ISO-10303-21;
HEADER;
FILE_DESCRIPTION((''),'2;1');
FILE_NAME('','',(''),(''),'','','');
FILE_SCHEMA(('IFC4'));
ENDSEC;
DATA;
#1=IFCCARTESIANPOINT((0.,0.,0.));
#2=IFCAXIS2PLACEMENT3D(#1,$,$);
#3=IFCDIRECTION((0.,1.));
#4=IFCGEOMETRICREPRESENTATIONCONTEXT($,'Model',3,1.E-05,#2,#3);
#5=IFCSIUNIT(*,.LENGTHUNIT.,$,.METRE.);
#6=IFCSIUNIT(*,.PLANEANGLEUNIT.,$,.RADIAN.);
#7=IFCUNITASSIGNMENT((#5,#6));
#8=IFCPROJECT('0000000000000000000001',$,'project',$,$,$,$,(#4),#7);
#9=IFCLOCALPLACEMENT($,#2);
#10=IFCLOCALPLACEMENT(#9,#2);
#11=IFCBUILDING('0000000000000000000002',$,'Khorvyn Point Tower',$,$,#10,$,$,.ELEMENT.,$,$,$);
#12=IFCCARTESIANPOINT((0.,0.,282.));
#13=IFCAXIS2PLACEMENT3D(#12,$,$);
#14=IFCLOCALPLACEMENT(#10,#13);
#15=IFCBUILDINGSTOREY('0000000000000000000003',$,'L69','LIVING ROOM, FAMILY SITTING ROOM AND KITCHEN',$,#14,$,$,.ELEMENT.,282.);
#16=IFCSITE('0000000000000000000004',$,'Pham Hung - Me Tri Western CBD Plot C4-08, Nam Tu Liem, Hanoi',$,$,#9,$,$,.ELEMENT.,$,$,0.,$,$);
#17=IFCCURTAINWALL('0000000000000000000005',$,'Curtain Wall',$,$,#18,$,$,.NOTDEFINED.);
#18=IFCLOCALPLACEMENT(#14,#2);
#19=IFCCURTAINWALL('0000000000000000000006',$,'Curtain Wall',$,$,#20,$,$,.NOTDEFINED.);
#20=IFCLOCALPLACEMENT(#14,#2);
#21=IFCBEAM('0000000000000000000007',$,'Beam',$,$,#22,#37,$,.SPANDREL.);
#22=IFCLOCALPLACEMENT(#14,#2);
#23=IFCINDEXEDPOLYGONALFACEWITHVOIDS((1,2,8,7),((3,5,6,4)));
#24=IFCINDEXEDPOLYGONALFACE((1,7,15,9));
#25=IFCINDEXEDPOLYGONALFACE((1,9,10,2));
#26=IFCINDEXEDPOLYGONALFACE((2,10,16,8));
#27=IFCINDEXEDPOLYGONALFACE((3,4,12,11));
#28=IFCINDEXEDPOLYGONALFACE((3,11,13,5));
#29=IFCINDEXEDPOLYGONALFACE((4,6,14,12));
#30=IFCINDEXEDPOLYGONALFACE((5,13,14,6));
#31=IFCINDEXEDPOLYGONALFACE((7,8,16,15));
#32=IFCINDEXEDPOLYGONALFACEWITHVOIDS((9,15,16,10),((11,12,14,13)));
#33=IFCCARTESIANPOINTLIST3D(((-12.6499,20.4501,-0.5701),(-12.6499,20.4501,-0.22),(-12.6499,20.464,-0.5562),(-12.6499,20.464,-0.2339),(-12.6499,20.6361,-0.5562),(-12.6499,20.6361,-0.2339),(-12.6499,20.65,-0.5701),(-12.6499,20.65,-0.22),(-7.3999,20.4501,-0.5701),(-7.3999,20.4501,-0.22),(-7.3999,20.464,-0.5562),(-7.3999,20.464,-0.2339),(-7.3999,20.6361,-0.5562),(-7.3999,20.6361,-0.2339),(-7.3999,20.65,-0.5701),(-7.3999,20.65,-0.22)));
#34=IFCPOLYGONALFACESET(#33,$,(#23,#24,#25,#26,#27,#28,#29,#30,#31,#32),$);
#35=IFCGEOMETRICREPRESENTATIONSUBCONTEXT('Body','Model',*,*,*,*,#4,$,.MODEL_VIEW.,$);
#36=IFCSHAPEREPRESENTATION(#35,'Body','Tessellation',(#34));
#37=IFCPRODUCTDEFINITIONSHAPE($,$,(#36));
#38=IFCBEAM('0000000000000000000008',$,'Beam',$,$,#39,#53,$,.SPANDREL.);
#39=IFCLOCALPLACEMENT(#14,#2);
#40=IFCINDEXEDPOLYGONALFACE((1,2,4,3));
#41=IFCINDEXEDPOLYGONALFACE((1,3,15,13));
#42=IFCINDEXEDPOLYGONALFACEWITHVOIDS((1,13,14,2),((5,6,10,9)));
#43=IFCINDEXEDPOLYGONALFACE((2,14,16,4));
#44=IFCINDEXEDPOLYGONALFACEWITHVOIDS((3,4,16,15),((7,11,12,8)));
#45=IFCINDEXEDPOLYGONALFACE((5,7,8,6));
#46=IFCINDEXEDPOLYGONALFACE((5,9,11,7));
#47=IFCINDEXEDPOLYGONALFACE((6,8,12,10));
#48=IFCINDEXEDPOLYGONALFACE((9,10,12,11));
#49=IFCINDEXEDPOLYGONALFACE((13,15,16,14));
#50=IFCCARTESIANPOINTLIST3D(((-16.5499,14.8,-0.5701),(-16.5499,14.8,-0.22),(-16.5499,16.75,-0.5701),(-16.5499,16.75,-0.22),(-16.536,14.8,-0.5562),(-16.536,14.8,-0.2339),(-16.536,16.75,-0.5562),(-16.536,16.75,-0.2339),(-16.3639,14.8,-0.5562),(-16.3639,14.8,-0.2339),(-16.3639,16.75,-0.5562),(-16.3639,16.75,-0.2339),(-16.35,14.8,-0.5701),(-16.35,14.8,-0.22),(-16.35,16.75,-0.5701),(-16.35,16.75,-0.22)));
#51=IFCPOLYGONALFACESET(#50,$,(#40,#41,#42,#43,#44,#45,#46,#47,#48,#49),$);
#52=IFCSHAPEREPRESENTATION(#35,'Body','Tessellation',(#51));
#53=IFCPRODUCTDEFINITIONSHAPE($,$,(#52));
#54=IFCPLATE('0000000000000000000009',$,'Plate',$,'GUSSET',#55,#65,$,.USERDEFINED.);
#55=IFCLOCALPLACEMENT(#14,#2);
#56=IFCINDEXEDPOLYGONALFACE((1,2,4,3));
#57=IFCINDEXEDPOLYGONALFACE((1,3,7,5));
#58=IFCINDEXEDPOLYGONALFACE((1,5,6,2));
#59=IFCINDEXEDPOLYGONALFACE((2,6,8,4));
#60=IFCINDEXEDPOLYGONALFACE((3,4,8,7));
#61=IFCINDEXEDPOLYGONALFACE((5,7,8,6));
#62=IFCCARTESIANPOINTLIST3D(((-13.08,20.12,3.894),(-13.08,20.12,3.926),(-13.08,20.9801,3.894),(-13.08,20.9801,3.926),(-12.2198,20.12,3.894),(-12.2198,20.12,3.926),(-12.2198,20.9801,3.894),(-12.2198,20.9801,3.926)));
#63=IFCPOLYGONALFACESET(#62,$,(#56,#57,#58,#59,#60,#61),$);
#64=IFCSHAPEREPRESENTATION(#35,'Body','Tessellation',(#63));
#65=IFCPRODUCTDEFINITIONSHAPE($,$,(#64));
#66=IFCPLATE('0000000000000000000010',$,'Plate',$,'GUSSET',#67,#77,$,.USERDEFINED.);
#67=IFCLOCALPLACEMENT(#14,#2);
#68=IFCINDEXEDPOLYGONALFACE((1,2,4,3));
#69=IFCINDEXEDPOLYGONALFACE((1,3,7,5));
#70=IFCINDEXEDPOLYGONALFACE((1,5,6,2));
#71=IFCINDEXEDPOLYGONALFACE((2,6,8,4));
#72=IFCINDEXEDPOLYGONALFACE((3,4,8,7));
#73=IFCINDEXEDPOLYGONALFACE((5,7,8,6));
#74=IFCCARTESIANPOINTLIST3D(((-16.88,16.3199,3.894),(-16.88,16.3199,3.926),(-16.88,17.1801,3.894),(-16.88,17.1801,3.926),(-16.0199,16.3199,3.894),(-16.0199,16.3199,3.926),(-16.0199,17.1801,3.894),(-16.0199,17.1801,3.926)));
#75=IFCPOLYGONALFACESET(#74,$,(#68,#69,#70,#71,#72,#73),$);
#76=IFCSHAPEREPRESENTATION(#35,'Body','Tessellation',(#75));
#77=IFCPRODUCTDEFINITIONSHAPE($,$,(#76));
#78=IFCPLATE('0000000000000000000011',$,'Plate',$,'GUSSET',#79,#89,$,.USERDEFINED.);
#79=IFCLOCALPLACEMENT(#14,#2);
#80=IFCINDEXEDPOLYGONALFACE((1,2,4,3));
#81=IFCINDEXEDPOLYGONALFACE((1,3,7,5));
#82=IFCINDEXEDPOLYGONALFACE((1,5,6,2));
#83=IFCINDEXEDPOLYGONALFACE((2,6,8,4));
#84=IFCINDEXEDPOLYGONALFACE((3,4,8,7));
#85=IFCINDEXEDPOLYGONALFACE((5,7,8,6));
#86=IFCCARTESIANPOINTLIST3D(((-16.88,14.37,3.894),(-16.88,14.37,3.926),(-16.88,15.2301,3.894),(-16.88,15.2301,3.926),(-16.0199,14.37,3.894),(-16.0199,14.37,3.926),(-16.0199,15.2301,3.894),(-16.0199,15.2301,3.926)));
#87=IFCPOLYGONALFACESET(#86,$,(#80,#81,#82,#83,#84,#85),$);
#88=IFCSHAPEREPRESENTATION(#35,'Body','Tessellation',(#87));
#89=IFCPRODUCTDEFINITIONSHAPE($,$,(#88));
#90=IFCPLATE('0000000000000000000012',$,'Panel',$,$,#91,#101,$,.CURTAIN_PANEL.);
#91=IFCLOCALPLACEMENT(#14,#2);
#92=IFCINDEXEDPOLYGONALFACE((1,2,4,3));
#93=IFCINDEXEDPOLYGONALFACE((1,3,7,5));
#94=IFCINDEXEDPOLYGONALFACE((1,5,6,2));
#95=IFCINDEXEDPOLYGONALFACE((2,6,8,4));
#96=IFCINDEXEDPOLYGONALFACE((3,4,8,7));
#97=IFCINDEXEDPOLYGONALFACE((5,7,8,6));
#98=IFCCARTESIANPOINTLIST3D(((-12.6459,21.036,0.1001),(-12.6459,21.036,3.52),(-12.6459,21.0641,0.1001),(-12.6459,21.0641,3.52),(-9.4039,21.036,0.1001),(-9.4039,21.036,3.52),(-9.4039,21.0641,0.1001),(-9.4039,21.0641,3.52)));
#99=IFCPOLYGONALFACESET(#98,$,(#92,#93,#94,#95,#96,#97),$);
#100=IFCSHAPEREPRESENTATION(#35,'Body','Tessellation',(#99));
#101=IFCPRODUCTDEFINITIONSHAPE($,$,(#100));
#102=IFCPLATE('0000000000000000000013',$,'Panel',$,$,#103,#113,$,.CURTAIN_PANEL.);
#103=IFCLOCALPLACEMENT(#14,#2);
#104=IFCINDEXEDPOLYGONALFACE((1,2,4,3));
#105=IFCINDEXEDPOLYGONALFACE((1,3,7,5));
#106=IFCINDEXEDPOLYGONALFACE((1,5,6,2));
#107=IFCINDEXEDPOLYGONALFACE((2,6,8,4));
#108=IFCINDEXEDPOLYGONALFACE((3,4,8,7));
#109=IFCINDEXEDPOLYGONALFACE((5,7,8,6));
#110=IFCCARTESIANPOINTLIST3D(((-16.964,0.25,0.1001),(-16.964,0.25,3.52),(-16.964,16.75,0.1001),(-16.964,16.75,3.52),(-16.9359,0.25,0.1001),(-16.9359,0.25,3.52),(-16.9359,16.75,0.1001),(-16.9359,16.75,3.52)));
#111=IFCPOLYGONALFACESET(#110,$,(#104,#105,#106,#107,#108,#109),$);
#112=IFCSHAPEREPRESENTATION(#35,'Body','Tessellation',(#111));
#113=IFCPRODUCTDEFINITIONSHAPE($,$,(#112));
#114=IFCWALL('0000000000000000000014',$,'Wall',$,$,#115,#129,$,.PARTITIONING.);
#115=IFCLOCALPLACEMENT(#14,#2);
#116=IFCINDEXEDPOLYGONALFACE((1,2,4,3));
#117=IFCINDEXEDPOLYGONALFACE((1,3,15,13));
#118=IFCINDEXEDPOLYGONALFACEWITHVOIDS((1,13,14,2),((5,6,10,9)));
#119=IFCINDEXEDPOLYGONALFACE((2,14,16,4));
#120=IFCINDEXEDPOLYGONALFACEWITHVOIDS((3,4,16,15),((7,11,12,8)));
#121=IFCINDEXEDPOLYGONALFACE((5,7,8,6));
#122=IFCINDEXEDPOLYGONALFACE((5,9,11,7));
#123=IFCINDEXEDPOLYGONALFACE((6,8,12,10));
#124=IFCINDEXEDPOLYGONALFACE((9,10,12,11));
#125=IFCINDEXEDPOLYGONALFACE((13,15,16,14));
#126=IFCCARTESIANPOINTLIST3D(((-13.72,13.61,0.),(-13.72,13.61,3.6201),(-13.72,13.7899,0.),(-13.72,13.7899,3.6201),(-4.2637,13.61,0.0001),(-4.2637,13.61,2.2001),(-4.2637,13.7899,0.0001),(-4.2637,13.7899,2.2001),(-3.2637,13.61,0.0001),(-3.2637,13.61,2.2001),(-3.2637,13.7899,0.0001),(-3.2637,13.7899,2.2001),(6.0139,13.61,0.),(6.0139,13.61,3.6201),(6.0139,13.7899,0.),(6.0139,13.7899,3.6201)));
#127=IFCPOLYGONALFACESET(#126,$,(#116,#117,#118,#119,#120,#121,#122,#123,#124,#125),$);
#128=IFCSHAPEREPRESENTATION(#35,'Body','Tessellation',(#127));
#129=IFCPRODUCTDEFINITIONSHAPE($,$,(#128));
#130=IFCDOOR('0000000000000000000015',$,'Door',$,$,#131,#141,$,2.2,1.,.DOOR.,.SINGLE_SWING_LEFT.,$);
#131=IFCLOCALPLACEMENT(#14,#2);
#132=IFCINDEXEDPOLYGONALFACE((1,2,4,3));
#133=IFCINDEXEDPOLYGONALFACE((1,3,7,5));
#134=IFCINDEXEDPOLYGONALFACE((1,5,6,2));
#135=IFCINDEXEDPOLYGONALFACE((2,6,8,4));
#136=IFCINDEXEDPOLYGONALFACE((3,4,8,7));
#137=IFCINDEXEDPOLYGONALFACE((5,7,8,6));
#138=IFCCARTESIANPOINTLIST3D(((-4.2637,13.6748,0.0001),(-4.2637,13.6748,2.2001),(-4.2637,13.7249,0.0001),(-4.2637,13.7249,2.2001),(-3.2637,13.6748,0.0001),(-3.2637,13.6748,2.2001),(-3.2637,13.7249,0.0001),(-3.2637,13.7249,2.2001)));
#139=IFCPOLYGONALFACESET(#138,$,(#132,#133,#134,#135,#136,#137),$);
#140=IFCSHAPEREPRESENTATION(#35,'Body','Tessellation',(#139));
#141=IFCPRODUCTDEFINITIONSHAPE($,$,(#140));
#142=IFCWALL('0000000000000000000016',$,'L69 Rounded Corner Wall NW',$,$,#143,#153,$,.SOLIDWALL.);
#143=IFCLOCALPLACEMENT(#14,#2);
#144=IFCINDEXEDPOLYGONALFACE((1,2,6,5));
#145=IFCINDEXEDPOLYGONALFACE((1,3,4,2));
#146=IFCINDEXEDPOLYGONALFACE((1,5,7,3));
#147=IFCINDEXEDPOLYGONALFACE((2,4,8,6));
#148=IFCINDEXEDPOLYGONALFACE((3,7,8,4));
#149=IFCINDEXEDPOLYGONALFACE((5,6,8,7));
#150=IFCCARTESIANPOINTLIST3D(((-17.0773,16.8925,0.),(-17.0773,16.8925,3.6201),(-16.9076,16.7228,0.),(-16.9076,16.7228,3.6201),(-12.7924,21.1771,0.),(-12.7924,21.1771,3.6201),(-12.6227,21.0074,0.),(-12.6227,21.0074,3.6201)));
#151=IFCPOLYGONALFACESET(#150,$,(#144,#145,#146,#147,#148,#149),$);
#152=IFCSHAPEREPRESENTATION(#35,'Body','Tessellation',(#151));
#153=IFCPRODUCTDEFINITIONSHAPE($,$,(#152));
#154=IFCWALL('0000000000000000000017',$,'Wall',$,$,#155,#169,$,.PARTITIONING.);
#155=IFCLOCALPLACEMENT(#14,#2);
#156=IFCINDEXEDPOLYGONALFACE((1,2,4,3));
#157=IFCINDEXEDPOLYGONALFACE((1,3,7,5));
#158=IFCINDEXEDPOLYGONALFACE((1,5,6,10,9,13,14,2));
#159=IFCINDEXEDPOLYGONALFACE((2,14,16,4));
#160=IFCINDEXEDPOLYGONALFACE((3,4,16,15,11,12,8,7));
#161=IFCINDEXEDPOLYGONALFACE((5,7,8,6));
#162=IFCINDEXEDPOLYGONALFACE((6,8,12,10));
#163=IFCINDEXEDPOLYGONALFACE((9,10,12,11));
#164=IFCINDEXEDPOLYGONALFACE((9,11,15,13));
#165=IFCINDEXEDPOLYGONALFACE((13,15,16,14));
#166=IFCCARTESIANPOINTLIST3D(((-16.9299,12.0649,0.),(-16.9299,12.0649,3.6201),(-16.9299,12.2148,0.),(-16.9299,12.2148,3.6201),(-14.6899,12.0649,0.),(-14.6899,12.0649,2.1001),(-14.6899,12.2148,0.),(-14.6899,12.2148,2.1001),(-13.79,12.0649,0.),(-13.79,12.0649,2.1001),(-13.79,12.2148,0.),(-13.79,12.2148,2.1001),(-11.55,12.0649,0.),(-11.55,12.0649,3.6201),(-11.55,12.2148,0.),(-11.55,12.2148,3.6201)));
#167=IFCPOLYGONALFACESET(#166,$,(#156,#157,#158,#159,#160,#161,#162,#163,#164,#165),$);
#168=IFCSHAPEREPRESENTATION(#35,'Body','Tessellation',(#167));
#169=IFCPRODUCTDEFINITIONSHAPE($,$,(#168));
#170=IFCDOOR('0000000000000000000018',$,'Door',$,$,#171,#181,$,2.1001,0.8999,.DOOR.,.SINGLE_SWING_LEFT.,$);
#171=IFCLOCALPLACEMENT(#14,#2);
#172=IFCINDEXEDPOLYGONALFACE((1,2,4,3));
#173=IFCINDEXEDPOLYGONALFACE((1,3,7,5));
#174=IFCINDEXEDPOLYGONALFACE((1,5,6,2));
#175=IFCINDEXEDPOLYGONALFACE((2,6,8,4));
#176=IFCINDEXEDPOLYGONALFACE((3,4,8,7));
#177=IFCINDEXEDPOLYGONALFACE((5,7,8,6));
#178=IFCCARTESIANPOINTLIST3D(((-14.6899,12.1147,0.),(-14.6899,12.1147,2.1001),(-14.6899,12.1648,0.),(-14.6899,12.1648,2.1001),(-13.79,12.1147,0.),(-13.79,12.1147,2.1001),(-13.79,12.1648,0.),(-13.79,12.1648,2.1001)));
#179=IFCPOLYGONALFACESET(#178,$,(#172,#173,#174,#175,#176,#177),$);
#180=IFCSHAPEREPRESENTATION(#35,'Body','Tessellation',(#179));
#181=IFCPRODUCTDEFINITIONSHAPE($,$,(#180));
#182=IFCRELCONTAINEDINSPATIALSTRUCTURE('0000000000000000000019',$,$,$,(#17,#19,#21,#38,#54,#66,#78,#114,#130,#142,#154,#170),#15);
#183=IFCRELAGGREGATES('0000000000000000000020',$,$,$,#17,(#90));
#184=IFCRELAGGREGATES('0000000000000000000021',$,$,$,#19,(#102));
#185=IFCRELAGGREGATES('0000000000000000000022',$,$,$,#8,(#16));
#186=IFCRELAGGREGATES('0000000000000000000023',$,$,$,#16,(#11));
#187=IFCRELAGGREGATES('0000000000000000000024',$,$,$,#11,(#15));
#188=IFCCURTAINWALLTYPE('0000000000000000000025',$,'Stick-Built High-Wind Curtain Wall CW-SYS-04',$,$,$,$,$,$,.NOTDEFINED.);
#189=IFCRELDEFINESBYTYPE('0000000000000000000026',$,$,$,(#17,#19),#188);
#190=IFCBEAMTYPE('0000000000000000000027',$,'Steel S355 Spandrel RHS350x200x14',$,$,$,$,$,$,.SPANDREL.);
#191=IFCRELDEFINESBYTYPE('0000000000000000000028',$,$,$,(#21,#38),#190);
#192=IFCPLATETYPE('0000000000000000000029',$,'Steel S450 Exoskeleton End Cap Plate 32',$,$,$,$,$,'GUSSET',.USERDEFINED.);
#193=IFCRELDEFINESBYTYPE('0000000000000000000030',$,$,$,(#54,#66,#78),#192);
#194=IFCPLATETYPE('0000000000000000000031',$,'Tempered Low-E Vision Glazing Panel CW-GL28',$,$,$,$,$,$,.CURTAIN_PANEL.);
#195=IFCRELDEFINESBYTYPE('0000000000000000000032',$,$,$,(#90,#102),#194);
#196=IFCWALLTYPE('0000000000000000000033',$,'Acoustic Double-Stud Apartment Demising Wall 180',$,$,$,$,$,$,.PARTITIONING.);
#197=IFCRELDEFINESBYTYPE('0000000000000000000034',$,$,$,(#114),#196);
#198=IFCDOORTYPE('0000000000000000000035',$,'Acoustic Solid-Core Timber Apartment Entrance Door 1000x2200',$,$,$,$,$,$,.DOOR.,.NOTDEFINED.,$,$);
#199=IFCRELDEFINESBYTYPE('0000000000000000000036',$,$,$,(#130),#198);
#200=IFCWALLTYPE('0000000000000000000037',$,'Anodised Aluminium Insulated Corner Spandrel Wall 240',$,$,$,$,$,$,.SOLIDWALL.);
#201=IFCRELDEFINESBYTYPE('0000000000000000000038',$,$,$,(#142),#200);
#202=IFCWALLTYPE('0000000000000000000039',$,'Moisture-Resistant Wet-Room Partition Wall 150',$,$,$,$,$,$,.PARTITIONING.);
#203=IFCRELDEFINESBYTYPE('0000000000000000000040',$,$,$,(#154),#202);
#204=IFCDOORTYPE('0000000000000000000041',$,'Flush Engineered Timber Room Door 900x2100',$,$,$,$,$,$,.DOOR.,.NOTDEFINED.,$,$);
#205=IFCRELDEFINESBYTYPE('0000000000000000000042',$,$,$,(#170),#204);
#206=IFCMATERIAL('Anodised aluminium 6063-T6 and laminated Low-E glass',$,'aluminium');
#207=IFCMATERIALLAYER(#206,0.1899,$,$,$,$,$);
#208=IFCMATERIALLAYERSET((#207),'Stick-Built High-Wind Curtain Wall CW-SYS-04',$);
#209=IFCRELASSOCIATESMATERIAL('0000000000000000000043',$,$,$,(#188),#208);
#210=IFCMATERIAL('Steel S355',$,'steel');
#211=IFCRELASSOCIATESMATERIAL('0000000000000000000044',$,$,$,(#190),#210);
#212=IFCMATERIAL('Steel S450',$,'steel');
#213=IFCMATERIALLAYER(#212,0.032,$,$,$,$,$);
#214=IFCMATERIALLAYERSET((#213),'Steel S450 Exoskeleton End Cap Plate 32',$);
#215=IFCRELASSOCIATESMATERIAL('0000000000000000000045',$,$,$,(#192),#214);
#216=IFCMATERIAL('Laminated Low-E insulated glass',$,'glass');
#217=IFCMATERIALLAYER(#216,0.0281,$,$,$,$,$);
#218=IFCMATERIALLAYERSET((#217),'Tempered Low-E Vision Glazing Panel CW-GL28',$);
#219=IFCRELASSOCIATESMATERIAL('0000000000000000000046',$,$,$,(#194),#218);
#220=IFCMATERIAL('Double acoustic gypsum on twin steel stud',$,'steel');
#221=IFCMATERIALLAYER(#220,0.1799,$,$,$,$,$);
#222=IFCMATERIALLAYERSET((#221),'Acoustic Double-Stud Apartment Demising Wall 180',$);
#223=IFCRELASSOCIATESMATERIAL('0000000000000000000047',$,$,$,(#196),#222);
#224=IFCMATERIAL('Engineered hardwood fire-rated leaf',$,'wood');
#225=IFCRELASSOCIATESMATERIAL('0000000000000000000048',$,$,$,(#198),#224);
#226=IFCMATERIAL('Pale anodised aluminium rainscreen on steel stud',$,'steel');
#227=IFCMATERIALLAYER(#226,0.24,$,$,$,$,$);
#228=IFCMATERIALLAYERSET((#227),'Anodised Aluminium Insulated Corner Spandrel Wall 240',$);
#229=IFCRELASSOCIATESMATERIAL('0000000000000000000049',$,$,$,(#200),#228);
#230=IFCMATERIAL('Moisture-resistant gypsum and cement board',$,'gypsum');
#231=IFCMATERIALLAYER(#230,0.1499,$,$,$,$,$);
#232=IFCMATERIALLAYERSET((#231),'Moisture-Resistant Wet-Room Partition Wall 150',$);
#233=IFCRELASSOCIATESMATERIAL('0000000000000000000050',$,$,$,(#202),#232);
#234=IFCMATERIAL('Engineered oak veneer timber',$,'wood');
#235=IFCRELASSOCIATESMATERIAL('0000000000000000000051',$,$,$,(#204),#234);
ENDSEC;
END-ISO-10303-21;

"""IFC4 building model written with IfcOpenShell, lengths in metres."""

from ifc_helpers import new_model, si_unit, direction, frame, frame_2d, origin, origin_2d, place, context, subcontext, project, spatial, rectangle, hollow_rectangle, extrude, material, layer, layer_set, material_profile, profile_set, type_object, element, fill, aggregate, save


model = new_model("IFC4")

# Units and contexts
model_context = context("Model", 3, precision=1e-05, world=origin(), true_north=direction((0.0, 1.0)))
body_context = subcontext(model_context, "Body", "Model", "MODEL_VIEW")
ifc_project = project(units=[si_unit("LENGTHUNIT", "METRE"), si_unit("PLANEANGLEUNIT", "RADIAN")], contexts=[model_context])

# Site, building, storey
site_placement = place(None, origin())
site = spatial("IfcSite", under=ifc_project, at=site_placement, Name="Pham Hung - Me Tri Western CBD Plot C4-08, Nam Tu Liem, Hanoi", CompositionType="ELEMENT", RefElevation=0.0)
building_placement = place(site_placement, origin())
building = spatial("IfcBuilding", under=site, at=building_placement, Name="Khorvyn Point Tower", CompositionType="ELEMENT")
storey_placement = place(building_placement, frame((0.0, 0.0, 282.0)))
storey = spatial("IfcBuildingStorey", under=building, at=storey_placement, Name="L69", Description="LIVING ROOM, FAMILY SITTING ROOM AND KITCHEN", CompositionType="ELEMENT", Elevation=282.0)

# Shared definitions
ifc_material_1 = material(Name="Steel S355", Category="steel")

# Curtain walls
ifc_material_2 = material(Name="Anodised aluminium 6063-T6 and laminated Low-E glass", Category="aluminium")
ifc_layer_1 = layer(ifc_material_2, 0.1899)
ifc_layer_set_1 = layer_set([ifc_layer_1], Name="Stick-Built High-Wind Curtain Wall CW-SYS-04")
curtain_wall_type = type_object("IfcCurtainWallType", Name="Stick-Built High-Wind Curtain Wall CW-SYS-04", PredefinedType="NOTDEFINED", material=ifc_layer_set_1)
curtain_wall_1_placement = place(storey_placement, origin())
curtain_wall_1 = element("IfcCurtainWall", 1, at=curtain_wall_1_placement, inside=storey, type_object=curtain_wall_type, Name="Curtain Wall", PredefinedType="NOTDEFINED")
curtain_wall_2_placement = place(storey_placement, origin())
curtain_wall_2 = element("IfcCurtainWall", 2, at=curtain_wall_2_placement, inside=storey, type_object=curtain_wall_type, Name="Curtain Wall", PredefinedType="NOTDEFINED")

# Beams
ifc_material_profile_1 = material_profile(ifc_material_1, hollow_rectangle(XDim=0.2, YDim=0.3501, WallThickness=0.0139, at=origin_2d()))
ifc_profile_set_1 = profile_set([ifc_material_profile_1], Name="Steel S355 RHS350x200x14")
beam_type_1 = type_object("IfcBeamType", Name="Steel S355 Spandrel RHS350x200x14", PredefinedType="SPANDREL", material=ifc_profile_set_1)
beam_1_placement = place(storey_placement, frame((-12.6499, 20.55, -0.395), z_axis=(1.0, 0.0, 0.0), x_axis=(0.0, 1.0, 0.0)))
element("IfcBeam", 3, at=beam_1_placement, inside=storey, type_object=beam_type_1, Name="Beam", PredefinedType="SPANDREL", context=body_context, shape_type="SweptSolid", body=[
    extrude(hollow_rectangle(XDim=0.2, YDim=0.3501, WallThickness=0.0139, at=origin_2d()), origin(), (0.0, 0.0, 1.0), 5.25),
])
beam_2_placement = place(storey_placement, frame((-16.45, 14.8, -0.395), z_axis=(0.0, 1.0, 0.0), x_axis=(-1.0, 0.0, 0.0)))
element("IfcBeam", 4, at=beam_2_placement, inside=storey, type_object=beam_type_1, Name="Beam", PredefinedType="SPANDREL", context=body_context, shape_type="SweptSolid", body=[
    extrude(hollow_rectangle(XDim=0.2, YDim=0.3501, WallThickness=0.0139, at=origin_2d()), origin(), (0.0, 0.0, 1.0), 1.95),
])

# Plates
ifc_material_3 = material(Name="Steel S450", Category="steel")
ifc_layer_2 = layer(ifc_material_3, 0.032)
ifc_layer_set_2 = layer_set([ifc_layer_2], Name="Steel S450 Exoskeleton End Cap Plate 32")
plate_type_1 = type_object("IfcPlateType", Name="Steel S450 Exoskeleton End Cap Plate 32", ElementType="GUSSET", PredefinedType="USERDEFINED", material=ifc_layer_set_2)
for number, where, z_axis, x_axis, name in (
    (5, (-12.6499, 20.55, 3.894), (0.0, 0.0, 1.0), (1.0, 0.0, 0.0), "Plate"),
    (6, (-16.45, 16.75, 3.894), (0.0, 0.0, 1.0), (1.0, 0.0, 0.0), "Plate"),
    (7, (-16.45, 14.8, 3.894), (0.0, 0.0, 1.0), (1.0, 0.0, 0.0), "Plate"),
):
    element("IfcPlate", number, at=place(storey_placement, frame(where, z_axis=z_axis, x_axis=x_axis)), inside=storey, type_object=plate_type_1, Name=name, ObjectType="GUSSET", PredefinedType="USERDEFINED", context=body_context, shape_type="SweptSolid", body=[
        extrude(rectangle(XDim=0.8601, YDim=0.8601, at=origin_2d()), origin(), (0.0, 0.0, 1.0), 0.032),
    ])

# Plates
ifc_material_4 = material(Name="Laminated Low-E insulated glass", Category="glass")
ifc_layer_3 = layer(ifc_material_4, 0.0281)
ifc_layer_set_3 = layer_set([ifc_layer_3], Name="Tempered Low-E Vision Glazing Panel CW-GL28")
plate_type_2 = type_object("IfcPlateType", Name="Tempered Low-E Vision Glazing Panel CW-GL28", PredefinedType="CURTAIN_PANEL", material=ifc_layer_set_3)
plate_1_placement = place(storey_placement, frame((-11.0249, 21.05, 0.1001), z_axis=(0.0, 0.0, 1.0), x_axis=(1.0, 0.0, 0.0)))
plate_1 = element("IfcPlate", 8, at=plate_1_placement, type_object=plate_type_2, Name="Panel", PredefinedType="CURTAIN_PANEL", context=body_context, shape_type="SweptSolid", body=[
    extrude(rectangle(XDim=3.2419, YDim=0.0281, at=origin_2d()), origin(), (0.0, 0.0, 1.0), 3.4199),
])
aggregate(curtain_wall_1, [plate_1])
plate_2_placement = place(storey_placement, frame((-16.95, 8.5, 0.1001), z_axis=(0.0, 0.0, 1.0), x_axis=(0.0, 1.0, 0.0)))
plate_2 = element("IfcPlate", 9, at=plate_2_placement, type_object=plate_type_2, Name="Panel", PredefinedType="CURTAIN_PANEL", context=body_context, shape_type="SweptSolid", body=[
    extrude(rectangle(XDim=16.5, YDim=0.0281, at=origin_2d()), origin(), (0.0, 0.0, 1.0), 3.4199),
])
aggregate(curtain_wall_2, [plate_2])

# Wall, opening, door
ifc_material_5 = material(Name="Double acoustic gypsum on twin steel stud", Category="steel")
ifc_layer_4 = layer(ifc_material_5, 0.1799)
ifc_layer_set_4 = layer_set([ifc_layer_4], Name="Acoustic Double-Stud Apartment Demising Wall 180")
wall_type_1 = type_object("IfcWallType", Name="Acoustic Double-Stud Apartment Demising Wall 180", PredefinedType="PARTITIONING", material=ifc_layer_set_4)
wall_1_placement = place(storey_placement, frame((-13.72, 13.7, 0.0), z_axis=(0.0, 0.0, 1.0), x_axis=(1.0, 0.0, 0.0)))
wall_1 = element("IfcWall", 10, at=wall_1_placement, inside=storey, type_object=wall_type_1, Name="Wall", PredefinedType="PARTITIONING", context=body_context, shape_type="SweptSolid", body=[
    extrude(rectangle(XDim=19.7339, YDim=0.1799, at=frame_2d((9.8669, 0.0))), origin(), (0.0, 0.0, 1.0), 3.6201),
])
opening_1_placement = place(wall_1_placement, frame((9.4563, 0.0, 0.0)))
opening_1 = element("IfcOpeningElement", 11, at=opening_1_placement, cuts=wall_1, PredefinedType="OPENING", context=body_context, shape_type="SweptSolid", body=[
    extrude(rectangle(XDim=1.0, YDim=2.2, at=frame_2d((0.5, 1.1001))), frame((0.0, 0.0999, 0.0), z_axis=(0.0, -1.0, 0.0), x_axis=(1.0, 0.0, 0.0)), (0.0, 0.0, 1.0), 0.2),
])
ifc_material_6 = material(Name="Engineered hardwood fire-rated leaf", Category="wood")
door_type_1 = type_object("IfcDoorType", Name="Acoustic Solid-Core Timber Apartment Entrance Door 1000x2200", OperationType="NOTDEFINED", PredefinedType="DOOR", material=ifc_material_6)
door_1_placement = place(opening_1_placement, origin())
door_1 = element("IfcDoor", 12, at=door_1_placement, inside=storey, type_object=door_type_1, Name="Door", OperationType="SINGLE_SWING_LEFT", OverallHeight=2.2, OverallWidth=1.0, PredefinedType="DOOR", context=body_context, shape_type="SweptSolid", body=[
    extrude(rectangle(XDim=1.0, YDim=2.2, at=frame_2d((0.5, 1.1001))), frame((0.0, 0.0249, 0.0), z_axis=(0.0, -1.0, 0.0), x_axis=(1.0, 0.0, 0.0)), (0.0, 0.0, 1.0), 0.05),
])
fill(opening_1, door_1)

# Wall
ifc_material_7 = material(Name="Pale anodised aluminium rainscreen on steel stud", Category="steel")
ifc_layer_5 = layer(ifc_material_7, 0.24)
ifc_layer_set_5 = layer_set([ifc_layer_5], Name="Anodised Aluminium Insulated Corner Spandrel Wall 240")
wall_type_2 = type_object("IfcWallType", Name="Anodised Aluminium Insulated Corner Spandrel Wall 240", PredefinedType="SOLIDWALL", material=ifc_layer_set_5)
wall_2_placement = place(storey_placement, frame((-16.9924, 16.8076, 0.0), z_axis=(0.0, 0.0, 1.0), x_axis=(0.707127, 0.707087, 0.0)))
element("IfcWall", 13, at=wall_2_placement, inside=storey, type_object=wall_type_2, Name="L69 Rounded Corner Wall NW", PredefinedType="SOLIDWALL", context=body_context, shape_type="SweptSolid", body=[
    extrude(rectangle(XDim=6.0596, YDim=0.24, at=frame_2d((3.0298, 0.0))), origin(), (0.0, 0.0, 1.0), 3.6201),
])

# Wall, opening, door
ifc_material_8 = material(Name="Moisture-resistant gypsum and cement board", Category="gypsum")
ifc_layer_6 = layer(ifc_material_8, 0.1499)
ifc_layer_set_6 = layer_set([ifc_layer_6], Name="Moisture-Resistant Wet-Room Partition Wall 150")
wall_type_3 = type_object("IfcWallType", Name="Moisture-Resistant Wet-Room Partition Wall 150", PredefinedType="PARTITIONING", material=ifc_layer_set_6)
wall_3_placement = place(storey_placement, frame((-16.9299, 12.1399, 0.0), z_axis=(0.0, 0.0, 1.0), x_axis=(1.0, 0.0, 0.0)))
wall_3 = element("IfcWall", 14, at=wall_3_placement, inside=storey, type_object=wall_type_3, Name="Wall", PredefinedType="PARTITIONING", context=body_context, shape_type="SweptSolid", body=[
    extrude(rectangle(XDim=5.3799, YDim=0.1499, at=frame_2d((2.6899, 0.0))), origin(), (0.0, 0.0, 1.0), 3.6201),
])
opening_2_placement = place(wall_3_placement, frame((2.24, 0.0, 0.0)))
opening_2 = element("IfcOpeningElement", 15, at=opening_2_placement, cuts=wall_3, PredefinedType="OPENING", context=body_context, shape_type="SweptSolid", body=[
    extrude(rectangle(XDim=0.8999, YDim=2.1001, at=frame_2d((0.45, 1.05))), frame((0.0, 0.085, 0.0), z_axis=(0.0, -1.0, 0.0), x_axis=(1.0, 0.0, 0.0)), (0.0, 0.0, 1.0), 0.1699),
])
ifc_material_9 = material(Name="Engineered oak veneer timber", Category="wood")
door_type_2 = type_object("IfcDoorType", Name="Flush Engineered Timber Room Door 900x2100", OperationType="NOTDEFINED", PredefinedType="DOOR", material=ifc_material_9)
door_2_placement = place(opening_2_placement, origin())
door_2 = element("IfcDoor", 16, at=door_2_placement, inside=storey, type_object=door_type_2, Name="Door", OperationType="SINGLE_SWING_LEFT", OverallHeight=2.1001, OverallWidth=0.8999, PredefinedType="DOOR", context=body_context, shape_type="SweptSolid", body=[
    extrude(rectangle(XDim=0.8999, YDim=2.1001, at=frame_2d((0.45, 1.05))), frame((0.0, 0.0249, 0.0), z_axis=(0.0, -1.0, 0.0), x_axis=(1.0, 0.0, 0.0)), (0.0, 0.0, 1.0), 0.05),
])
fill(opening_2, door_2)

save(model, "model.ifc")
